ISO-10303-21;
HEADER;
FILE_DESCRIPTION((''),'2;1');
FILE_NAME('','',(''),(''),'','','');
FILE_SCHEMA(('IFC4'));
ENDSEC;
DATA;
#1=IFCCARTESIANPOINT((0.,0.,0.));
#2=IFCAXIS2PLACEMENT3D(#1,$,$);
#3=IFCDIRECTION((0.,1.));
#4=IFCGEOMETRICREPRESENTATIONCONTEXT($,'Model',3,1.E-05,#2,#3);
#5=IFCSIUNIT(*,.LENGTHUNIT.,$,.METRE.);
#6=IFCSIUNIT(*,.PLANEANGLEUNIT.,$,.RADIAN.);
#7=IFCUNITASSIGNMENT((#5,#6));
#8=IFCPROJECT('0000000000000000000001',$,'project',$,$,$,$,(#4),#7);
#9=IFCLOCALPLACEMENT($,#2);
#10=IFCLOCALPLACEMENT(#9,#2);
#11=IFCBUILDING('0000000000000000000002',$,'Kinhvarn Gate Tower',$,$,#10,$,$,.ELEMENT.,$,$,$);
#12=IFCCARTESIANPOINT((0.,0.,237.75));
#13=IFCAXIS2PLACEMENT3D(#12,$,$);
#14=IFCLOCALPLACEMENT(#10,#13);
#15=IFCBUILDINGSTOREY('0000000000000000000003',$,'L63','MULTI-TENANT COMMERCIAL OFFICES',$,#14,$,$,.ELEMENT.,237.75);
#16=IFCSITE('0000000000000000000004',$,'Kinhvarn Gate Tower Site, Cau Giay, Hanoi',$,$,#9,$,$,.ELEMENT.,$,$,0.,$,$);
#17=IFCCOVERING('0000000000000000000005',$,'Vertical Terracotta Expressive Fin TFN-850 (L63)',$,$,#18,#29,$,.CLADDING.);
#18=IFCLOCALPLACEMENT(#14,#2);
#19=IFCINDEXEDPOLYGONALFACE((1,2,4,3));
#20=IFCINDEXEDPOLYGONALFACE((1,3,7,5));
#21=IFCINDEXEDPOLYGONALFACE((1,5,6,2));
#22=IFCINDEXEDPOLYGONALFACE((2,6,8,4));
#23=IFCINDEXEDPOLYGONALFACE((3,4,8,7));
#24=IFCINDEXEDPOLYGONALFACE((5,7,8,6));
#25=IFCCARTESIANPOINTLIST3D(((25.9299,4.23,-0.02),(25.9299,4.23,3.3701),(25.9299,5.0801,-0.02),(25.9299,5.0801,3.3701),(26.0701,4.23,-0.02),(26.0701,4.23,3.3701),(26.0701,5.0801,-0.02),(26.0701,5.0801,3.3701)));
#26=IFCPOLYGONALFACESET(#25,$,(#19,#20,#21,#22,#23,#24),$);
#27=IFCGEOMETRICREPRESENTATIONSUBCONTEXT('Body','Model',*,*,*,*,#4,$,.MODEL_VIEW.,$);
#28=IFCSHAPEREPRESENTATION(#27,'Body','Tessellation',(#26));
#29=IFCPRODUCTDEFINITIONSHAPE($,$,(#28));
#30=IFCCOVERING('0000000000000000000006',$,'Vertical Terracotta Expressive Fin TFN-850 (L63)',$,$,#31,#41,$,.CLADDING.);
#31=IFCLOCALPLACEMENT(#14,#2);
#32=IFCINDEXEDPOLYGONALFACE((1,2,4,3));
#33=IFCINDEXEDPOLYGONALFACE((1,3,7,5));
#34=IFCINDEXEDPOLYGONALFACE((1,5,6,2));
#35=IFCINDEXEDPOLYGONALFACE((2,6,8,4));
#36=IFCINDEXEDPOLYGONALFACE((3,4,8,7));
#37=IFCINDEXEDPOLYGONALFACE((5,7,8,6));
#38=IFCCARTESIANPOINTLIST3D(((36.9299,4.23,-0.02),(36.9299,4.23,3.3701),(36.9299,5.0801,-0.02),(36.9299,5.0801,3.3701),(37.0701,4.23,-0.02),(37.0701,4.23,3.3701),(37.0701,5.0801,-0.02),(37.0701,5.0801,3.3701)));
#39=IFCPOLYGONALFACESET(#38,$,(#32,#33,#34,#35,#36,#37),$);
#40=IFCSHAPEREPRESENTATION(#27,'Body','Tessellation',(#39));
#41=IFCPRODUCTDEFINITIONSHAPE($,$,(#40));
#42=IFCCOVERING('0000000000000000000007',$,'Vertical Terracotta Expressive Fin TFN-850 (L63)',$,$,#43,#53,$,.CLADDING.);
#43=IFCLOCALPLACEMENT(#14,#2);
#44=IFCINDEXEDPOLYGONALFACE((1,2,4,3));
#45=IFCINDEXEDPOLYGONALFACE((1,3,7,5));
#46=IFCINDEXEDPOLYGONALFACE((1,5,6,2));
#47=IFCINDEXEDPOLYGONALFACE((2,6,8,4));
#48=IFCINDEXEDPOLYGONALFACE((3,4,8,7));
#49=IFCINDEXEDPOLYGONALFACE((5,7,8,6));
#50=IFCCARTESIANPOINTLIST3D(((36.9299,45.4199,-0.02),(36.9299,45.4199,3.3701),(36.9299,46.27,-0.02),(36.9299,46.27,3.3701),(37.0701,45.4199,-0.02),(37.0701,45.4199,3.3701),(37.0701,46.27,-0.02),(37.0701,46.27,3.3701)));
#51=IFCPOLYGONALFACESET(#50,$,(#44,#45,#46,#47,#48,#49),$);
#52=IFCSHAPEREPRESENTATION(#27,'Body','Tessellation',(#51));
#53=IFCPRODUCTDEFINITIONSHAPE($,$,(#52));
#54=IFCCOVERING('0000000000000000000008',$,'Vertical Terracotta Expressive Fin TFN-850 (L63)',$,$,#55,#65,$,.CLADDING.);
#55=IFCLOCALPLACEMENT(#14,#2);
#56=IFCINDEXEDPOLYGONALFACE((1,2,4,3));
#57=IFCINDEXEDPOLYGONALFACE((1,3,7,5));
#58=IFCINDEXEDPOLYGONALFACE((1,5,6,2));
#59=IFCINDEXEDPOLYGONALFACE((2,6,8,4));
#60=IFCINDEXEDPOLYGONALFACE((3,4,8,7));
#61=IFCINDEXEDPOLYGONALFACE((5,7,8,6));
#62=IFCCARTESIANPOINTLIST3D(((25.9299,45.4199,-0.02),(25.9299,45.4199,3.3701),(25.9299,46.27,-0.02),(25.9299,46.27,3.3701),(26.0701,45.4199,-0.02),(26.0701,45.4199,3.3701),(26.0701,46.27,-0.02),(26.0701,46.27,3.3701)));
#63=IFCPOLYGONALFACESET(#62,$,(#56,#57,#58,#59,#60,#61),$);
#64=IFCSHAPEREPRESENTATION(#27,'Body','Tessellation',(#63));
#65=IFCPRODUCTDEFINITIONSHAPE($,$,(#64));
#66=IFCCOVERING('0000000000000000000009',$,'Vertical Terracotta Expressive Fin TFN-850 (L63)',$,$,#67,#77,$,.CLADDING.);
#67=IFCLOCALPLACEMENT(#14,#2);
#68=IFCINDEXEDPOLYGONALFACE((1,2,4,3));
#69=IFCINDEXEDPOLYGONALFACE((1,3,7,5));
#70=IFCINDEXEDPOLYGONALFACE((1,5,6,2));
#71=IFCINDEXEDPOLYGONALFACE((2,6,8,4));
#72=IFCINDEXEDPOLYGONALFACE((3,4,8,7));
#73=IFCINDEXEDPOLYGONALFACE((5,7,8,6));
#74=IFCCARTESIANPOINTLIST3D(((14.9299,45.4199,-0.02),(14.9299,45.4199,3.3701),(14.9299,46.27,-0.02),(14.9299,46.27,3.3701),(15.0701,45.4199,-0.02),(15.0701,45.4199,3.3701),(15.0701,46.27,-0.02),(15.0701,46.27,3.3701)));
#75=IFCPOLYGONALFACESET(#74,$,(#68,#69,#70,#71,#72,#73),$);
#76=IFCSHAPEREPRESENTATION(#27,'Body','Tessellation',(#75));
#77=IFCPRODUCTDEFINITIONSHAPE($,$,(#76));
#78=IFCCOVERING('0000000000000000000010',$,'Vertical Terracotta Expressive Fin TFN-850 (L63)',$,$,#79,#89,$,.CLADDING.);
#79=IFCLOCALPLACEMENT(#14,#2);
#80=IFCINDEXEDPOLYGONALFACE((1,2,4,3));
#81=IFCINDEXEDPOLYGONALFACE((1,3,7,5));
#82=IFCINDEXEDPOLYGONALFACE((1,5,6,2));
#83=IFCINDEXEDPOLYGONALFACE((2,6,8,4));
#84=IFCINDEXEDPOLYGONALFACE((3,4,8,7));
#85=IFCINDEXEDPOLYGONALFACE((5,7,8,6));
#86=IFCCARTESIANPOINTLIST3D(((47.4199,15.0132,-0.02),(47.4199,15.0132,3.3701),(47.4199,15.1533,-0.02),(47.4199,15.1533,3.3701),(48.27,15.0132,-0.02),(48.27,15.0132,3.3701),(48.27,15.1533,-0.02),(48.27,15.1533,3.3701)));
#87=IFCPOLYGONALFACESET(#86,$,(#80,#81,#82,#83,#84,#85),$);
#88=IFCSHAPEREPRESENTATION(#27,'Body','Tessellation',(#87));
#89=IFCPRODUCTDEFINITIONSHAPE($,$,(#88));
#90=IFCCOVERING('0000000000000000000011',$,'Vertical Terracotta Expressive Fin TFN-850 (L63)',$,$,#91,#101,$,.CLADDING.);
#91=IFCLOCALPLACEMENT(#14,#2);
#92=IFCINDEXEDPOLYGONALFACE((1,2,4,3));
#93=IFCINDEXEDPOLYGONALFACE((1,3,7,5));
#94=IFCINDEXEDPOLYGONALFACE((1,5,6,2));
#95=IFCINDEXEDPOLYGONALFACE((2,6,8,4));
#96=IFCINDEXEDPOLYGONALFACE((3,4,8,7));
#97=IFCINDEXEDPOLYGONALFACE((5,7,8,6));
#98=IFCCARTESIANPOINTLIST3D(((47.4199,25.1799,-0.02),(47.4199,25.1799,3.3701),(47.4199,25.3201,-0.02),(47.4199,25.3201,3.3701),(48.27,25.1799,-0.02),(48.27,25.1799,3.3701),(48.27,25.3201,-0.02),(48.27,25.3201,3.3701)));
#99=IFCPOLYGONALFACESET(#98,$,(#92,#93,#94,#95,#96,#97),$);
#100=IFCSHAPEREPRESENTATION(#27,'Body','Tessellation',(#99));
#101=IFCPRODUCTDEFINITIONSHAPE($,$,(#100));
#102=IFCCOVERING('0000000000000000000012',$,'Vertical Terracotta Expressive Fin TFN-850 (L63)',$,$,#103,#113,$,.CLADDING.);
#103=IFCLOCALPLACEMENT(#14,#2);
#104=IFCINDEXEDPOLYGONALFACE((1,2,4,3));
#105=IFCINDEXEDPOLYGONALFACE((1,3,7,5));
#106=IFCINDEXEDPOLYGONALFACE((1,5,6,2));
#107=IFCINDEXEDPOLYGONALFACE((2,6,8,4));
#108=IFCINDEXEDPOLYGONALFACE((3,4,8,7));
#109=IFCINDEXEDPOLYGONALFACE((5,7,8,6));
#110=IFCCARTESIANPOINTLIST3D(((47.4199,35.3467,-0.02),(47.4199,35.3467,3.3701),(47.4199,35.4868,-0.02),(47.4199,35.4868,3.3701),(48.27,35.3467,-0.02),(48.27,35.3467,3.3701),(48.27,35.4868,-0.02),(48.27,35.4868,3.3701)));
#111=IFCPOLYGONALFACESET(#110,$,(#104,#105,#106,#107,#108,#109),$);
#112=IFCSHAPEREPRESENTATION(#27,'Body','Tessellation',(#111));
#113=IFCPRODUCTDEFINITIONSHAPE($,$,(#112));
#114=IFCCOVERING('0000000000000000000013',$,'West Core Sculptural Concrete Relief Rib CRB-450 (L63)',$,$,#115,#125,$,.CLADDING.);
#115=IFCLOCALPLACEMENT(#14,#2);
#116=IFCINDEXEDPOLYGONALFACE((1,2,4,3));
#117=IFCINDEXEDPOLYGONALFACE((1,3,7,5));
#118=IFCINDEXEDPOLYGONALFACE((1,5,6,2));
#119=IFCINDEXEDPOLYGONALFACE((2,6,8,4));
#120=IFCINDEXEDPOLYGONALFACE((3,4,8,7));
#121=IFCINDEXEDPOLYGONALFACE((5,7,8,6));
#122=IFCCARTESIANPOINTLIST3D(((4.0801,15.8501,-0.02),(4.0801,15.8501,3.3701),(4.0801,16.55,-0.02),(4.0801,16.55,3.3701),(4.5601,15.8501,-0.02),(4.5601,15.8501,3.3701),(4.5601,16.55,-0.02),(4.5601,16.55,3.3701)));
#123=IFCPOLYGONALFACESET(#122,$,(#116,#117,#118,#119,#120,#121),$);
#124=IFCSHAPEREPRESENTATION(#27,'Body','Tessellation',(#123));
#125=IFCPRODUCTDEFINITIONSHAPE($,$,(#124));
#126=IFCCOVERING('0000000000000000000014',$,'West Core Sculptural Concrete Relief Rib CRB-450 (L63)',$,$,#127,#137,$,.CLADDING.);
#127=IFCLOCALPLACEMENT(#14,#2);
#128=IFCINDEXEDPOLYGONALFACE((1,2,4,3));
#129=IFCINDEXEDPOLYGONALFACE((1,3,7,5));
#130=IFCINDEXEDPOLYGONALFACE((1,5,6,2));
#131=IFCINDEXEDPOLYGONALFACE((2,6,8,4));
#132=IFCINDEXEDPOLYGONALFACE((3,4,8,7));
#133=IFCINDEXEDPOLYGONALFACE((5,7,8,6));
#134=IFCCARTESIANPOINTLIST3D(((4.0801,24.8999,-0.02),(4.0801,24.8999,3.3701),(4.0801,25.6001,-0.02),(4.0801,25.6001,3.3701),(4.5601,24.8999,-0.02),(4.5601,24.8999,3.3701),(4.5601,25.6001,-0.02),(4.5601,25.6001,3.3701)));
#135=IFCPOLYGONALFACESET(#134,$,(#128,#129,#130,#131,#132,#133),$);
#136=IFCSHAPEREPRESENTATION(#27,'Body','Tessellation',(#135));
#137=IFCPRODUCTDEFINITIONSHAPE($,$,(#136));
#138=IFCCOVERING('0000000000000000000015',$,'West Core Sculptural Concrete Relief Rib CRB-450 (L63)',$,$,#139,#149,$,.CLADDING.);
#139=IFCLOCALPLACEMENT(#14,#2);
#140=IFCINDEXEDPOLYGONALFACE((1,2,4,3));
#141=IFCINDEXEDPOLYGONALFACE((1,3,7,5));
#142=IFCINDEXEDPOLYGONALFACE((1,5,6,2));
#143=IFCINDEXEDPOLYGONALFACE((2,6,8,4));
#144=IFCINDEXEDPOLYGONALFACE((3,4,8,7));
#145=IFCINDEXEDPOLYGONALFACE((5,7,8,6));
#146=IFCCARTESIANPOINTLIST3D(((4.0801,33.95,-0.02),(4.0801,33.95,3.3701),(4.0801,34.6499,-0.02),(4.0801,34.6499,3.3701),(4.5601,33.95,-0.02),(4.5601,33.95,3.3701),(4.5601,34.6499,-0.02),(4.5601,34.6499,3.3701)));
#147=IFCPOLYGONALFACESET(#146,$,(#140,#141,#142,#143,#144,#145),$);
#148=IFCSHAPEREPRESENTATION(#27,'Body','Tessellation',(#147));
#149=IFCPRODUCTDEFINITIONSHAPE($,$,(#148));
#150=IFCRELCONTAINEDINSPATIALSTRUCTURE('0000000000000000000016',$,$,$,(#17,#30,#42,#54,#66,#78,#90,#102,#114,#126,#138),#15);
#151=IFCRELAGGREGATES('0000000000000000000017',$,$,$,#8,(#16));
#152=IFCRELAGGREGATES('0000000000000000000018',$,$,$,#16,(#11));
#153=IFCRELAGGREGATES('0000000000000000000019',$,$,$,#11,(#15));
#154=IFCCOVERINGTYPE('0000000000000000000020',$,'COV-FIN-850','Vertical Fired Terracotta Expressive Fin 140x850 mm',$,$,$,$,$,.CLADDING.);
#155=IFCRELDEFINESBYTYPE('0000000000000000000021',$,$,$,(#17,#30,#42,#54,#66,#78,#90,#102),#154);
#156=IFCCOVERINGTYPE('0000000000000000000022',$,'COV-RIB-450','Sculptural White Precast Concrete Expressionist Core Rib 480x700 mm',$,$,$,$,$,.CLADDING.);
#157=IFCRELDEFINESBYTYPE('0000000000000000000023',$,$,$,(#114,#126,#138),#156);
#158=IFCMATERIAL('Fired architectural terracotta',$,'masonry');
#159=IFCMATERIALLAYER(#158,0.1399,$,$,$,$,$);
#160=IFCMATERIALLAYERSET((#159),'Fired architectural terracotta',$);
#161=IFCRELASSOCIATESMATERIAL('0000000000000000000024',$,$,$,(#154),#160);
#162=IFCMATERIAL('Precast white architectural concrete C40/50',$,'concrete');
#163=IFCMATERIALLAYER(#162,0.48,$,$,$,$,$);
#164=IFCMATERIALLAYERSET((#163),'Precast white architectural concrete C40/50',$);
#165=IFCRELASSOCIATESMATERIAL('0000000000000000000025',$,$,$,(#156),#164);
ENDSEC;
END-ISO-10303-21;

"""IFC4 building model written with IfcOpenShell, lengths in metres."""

from ifc_helpers import new_model, si_unit, direction, frame, origin, place, context, subcontext, project, spatial, polyline, outline, extrude, material, layer, layer_set, type_object, element, save


model = new_model("IFC4")

# Units and contexts
model_context = context("Model", 3, precision=1e-05, world=origin(), true_north=direction((0.0, 1.0)))
body_context = subcontext(model_context, "Body", "Model", "MODEL_VIEW")
ifc_project = project(units=[si_unit("LENGTHUNIT", "METRE"), si_unit("PLANEANGLEUNIT", "RADIAN")], contexts=[model_context])

# Site, building, storey
site_placement = place(None, origin())
site = spatial("IfcSite", under=ifc_project, at=site_placement, Name="Kinhvarn Gate Tower Site, Cau Giay, Hanoi", CompositionType="ELEMENT", RefElevation=0.0)
building_placement = place(site_placement, origin())
building = spatial("IfcBuilding", under=site, at=building_placement, Name="Kinhvarn Gate Tower", CompositionType="ELEMENT")
storey_placement = place(building_placement, frame((0.0, 0.0, 237.75)))
storey = spatial("IfcBuildingStorey", under=building, at=storey_placement, Name="L63", Description="MULTI-TENANT COMMERCIAL OFFICES", CompositionType="ELEMENT", Elevation=237.75)

# Shared definitions
ifc_material_1 = material(Name="Precast white architectural concrete C40/50", Category="concrete")

# Coverings
ifc_material_2 = material(Name="Fired architectural terracotta", Category="masonry")
ifc_layer_1 = layer(ifc_material_2, 0.1399)
ifc_layer_set_1 = layer_set([ifc_layer_1], Name="Fired architectural terracotta")
covering_type_1 = type_object("IfcCoveringType", Name="COV-FIN-850", Description="Vertical Fired Terracotta Expressive Fin 140x850 mm", PredefinedType="CLADDING", material=ifc_layer_set_1)
covering_1_placement = place(storey_placement, frame((0.0, 0.0, -0.02)))
element("IfcCovering", 1, at=covering_1_placement, inside=storey, type_object=covering_type_1, Name="Vertical Terracotta Expressive Fin TFN-850 (L63)", PredefinedType="CLADDING", context=body_context, shape_type="SweptSolid", body=[
    extrude(outline(polyline([(25.9299, 5.0801), (26.0701, 5.0801), (26.0701, 4.23), (25.9299, 4.23), (25.9299, 5.0801)])), origin(), (0.0, 0.0, 1.0), 3.3901),
])
covering_2_placement = place(storey_placement, frame((0.0, 0.0, -0.02)))
element("IfcCovering", 2, at=covering_2_placement, inside=storey, type_object=covering_type_1, Name="Vertical Terracotta Expressive Fin TFN-850 (L63)", PredefinedType="CLADDING", context=body_context, shape_type="SweptSolid", body=[
    extrude(outline(polyline([(36.9299, 5.0801), (37.0701, 5.0801), (37.0701, 4.23), (36.9299, 4.23), (36.9299, 5.0801)])), origin(), (0.0, 0.0, 1.0), 3.3901),
])
covering_3_placement = place(storey_placement, frame((0.0, 0.0, -0.02)))
element("IfcCovering", 3, at=covering_3_placement, inside=storey, type_object=covering_type_1, Name="Vertical Terracotta Expressive Fin TFN-850 (L63)", PredefinedType="CLADDING", context=body_context, shape_type="SweptSolid", body=[
    extrude(outline(polyline([(37.0701, 45.4199), (36.9299, 45.4199), (36.9299, 46.27), (37.0701, 46.27), (37.0701, 45.4199)])), origin(), (0.0, 0.0, 1.0), 3.3901),
])
covering_4_placement = place(storey_placement, frame((0.0, 0.0, -0.02)))
element("IfcCovering", 4, at=covering_4_placement, inside=storey, type_object=covering_type_1, Name="Vertical Terracotta Expressive Fin TFN-850 (L63)", PredefinedType="CLADDING", context=body_context, shape_type="SweptSolid", body=[
    extrude(outline(polyline([(26.0701, 45.4199), (25.9299, 45.4199), (25.9299, 46.27), (26.0701, 46.27), (26.0701, 45.4199)])), origin(), (0.0, 0.0, 1.0), 3.3901),
])
covering_5_placement = place(storey_placement, frame((0.0, 0.0, -0.02)))
element("IfcCovering", 5, at=covering_5_placement, inside=storey, type_object=covering_type_1, Name="Vertical Terracotta Expressive Fin TFN-850 (L63)", PredefinedType="CLADDING", context=body_context, shape_type="SweptSolid", body=[
    extrude(outline(polyline([(15.0701, 45.4199), (14.9299, 45.4199), (14.9299, 46.27), (15.0701, 46.27), (15.0701, 45.4199)])), origin(), (0.0, 0.0, 1.0), 3.3901),
])
covering_6_placement = place(storey_placement, frame((0.0, 0.0, -0.02)))
element("IfcCovering", 6, at=covering_6_placement, inside=storey, type_object=covering_type_1, Name="Vertical Terracotta Expressive Fin TFN-850 (L63)", PredefinedType="CLADDING", context=body_context, shape_type="SweptSolid", body=[
    extrude(outline(polyline([(47.4199, 15.0132), (47.4199, 15.1533), (48.27, 15.1533), (48.27, 15.0132), (47.4199, 15.0132)])), origin(), (0.0, 0.0, 1.0), 3.3901),
])
covering_7_placement = place(storey_placement, frame((0.0, 0.0, -0.02)))
element("IfcCovering", 7, at=covering_7_placement, inside=storey, type_object=covering_type_1, Name="Vertical Terracotta Expressive Fin TFN-850 (L63)", PredefinedType="CLADDING", context=body_context, shape_type="SweptSolid", body=[
    extrude(outline(polyline([(47.4199, 25.1799), (47.4199, 25.3201), (48.27, 25.3201), (48.27, 25.1799), (47.4199, 25.1799)])), origin(), (0.0, 0.0, 1.0), 3.3901),
])
covering_8_placement = place(storey_placement, frame((0.0, 0.0, -0.02)))
element("IfcCovering", 8, at=covering_8_placement, inside=storey, type_object=covering_type_1, Name="Vertical Terracotta Expressive Fin TFN-850 (L63)", PredefinedType="CLADDING", context=body_context, shape_type="SweptSolid", body=[
    extrude(outline(polyline([(47.4199, 35.3467), (47.4199, 35.4868), (48.27, 35.4868), (48.27, 35.3467), (47.4199, 35.3467)])), origin(), (0.0, 0.0, 1.0), 3.3901),
])
ifc_layer_2 = layer(ifc_material_1, 0.48)
ifc_layer_set_2 = layer_set([ifc_layer_2], Name="Precast white architectural concrete C40/50")
covering_type_2 = type_object("IfcCoveringType", Name="COV-RIB-450", Description="Sculptural White Precast Concrete Expressionist Core Rib 480x700 mm", PredefinedType="CLADDING", material=ifc_layer_set_2)
covering_9_placement = place(storey_placement, frame((0.0, 0.0, -0.02)))
element("IfcCovering", 9, at=covering_9_placement, inside=storey, type_object=covering_type_2, Name="West Core Sculptural Concrete Relief Rib CRB-450 (L63)", PredefinedType="CLADDING", context=body_context, shape_type="SweptSolid", body=[
    extrude(outline(polyline([(4.0801, 15.8501), (4.5601, 15.8501), (4.5601, 16.55), (4.0801, 16.55), (4.0801, 15.8501)])), origin(), (0.0, 0.0, 1.0), 3.3901),
])
covering_10_placement = place(storey_placement, frame((0.0, 0.0, -0.02)))
element("IfcCovering", 10, at=covering_10_placement, inside=storey, type_object=covering_type_2, Name="West Core Sculptural Concrete Relief Rib CRB-450 (L63)", PredefinedType="CLADDING", context=body_context, shape_type="SweptSolid", body=[
    extrude(outline(polyline([(4.0801, 24.8999), (4.5601, 24.8999), (4.5601, 25.6001), (4.0801, 25.6001), (4.0801, 24.8999)])), origin(), (0.0, 0.0, 1.0), 3.3901),
])
covering_11_placement = place(storey_placement, frame((0.0, 0.0, -0.02)))
element("IfcCovering", 11, at=covering_11_placement, inside=storey, type_object=covering_type_2, Name="West Core Sculptural Concrete Relief Rib CRB-450 (L63)", PredefinedType="CLADDING", context=body_context, shape_type="SweptSolid", body=[
    extrude(outline(polyline([(4.0801, 33.95), (4.5601, 33.95), (4.5601, 34.6499), (4.0801, 34.6499), (4.0801, 33.95)])), origin(), (0.0, 0.0, 1.0), 3.3901),
])

save(model, "model.ifc")
